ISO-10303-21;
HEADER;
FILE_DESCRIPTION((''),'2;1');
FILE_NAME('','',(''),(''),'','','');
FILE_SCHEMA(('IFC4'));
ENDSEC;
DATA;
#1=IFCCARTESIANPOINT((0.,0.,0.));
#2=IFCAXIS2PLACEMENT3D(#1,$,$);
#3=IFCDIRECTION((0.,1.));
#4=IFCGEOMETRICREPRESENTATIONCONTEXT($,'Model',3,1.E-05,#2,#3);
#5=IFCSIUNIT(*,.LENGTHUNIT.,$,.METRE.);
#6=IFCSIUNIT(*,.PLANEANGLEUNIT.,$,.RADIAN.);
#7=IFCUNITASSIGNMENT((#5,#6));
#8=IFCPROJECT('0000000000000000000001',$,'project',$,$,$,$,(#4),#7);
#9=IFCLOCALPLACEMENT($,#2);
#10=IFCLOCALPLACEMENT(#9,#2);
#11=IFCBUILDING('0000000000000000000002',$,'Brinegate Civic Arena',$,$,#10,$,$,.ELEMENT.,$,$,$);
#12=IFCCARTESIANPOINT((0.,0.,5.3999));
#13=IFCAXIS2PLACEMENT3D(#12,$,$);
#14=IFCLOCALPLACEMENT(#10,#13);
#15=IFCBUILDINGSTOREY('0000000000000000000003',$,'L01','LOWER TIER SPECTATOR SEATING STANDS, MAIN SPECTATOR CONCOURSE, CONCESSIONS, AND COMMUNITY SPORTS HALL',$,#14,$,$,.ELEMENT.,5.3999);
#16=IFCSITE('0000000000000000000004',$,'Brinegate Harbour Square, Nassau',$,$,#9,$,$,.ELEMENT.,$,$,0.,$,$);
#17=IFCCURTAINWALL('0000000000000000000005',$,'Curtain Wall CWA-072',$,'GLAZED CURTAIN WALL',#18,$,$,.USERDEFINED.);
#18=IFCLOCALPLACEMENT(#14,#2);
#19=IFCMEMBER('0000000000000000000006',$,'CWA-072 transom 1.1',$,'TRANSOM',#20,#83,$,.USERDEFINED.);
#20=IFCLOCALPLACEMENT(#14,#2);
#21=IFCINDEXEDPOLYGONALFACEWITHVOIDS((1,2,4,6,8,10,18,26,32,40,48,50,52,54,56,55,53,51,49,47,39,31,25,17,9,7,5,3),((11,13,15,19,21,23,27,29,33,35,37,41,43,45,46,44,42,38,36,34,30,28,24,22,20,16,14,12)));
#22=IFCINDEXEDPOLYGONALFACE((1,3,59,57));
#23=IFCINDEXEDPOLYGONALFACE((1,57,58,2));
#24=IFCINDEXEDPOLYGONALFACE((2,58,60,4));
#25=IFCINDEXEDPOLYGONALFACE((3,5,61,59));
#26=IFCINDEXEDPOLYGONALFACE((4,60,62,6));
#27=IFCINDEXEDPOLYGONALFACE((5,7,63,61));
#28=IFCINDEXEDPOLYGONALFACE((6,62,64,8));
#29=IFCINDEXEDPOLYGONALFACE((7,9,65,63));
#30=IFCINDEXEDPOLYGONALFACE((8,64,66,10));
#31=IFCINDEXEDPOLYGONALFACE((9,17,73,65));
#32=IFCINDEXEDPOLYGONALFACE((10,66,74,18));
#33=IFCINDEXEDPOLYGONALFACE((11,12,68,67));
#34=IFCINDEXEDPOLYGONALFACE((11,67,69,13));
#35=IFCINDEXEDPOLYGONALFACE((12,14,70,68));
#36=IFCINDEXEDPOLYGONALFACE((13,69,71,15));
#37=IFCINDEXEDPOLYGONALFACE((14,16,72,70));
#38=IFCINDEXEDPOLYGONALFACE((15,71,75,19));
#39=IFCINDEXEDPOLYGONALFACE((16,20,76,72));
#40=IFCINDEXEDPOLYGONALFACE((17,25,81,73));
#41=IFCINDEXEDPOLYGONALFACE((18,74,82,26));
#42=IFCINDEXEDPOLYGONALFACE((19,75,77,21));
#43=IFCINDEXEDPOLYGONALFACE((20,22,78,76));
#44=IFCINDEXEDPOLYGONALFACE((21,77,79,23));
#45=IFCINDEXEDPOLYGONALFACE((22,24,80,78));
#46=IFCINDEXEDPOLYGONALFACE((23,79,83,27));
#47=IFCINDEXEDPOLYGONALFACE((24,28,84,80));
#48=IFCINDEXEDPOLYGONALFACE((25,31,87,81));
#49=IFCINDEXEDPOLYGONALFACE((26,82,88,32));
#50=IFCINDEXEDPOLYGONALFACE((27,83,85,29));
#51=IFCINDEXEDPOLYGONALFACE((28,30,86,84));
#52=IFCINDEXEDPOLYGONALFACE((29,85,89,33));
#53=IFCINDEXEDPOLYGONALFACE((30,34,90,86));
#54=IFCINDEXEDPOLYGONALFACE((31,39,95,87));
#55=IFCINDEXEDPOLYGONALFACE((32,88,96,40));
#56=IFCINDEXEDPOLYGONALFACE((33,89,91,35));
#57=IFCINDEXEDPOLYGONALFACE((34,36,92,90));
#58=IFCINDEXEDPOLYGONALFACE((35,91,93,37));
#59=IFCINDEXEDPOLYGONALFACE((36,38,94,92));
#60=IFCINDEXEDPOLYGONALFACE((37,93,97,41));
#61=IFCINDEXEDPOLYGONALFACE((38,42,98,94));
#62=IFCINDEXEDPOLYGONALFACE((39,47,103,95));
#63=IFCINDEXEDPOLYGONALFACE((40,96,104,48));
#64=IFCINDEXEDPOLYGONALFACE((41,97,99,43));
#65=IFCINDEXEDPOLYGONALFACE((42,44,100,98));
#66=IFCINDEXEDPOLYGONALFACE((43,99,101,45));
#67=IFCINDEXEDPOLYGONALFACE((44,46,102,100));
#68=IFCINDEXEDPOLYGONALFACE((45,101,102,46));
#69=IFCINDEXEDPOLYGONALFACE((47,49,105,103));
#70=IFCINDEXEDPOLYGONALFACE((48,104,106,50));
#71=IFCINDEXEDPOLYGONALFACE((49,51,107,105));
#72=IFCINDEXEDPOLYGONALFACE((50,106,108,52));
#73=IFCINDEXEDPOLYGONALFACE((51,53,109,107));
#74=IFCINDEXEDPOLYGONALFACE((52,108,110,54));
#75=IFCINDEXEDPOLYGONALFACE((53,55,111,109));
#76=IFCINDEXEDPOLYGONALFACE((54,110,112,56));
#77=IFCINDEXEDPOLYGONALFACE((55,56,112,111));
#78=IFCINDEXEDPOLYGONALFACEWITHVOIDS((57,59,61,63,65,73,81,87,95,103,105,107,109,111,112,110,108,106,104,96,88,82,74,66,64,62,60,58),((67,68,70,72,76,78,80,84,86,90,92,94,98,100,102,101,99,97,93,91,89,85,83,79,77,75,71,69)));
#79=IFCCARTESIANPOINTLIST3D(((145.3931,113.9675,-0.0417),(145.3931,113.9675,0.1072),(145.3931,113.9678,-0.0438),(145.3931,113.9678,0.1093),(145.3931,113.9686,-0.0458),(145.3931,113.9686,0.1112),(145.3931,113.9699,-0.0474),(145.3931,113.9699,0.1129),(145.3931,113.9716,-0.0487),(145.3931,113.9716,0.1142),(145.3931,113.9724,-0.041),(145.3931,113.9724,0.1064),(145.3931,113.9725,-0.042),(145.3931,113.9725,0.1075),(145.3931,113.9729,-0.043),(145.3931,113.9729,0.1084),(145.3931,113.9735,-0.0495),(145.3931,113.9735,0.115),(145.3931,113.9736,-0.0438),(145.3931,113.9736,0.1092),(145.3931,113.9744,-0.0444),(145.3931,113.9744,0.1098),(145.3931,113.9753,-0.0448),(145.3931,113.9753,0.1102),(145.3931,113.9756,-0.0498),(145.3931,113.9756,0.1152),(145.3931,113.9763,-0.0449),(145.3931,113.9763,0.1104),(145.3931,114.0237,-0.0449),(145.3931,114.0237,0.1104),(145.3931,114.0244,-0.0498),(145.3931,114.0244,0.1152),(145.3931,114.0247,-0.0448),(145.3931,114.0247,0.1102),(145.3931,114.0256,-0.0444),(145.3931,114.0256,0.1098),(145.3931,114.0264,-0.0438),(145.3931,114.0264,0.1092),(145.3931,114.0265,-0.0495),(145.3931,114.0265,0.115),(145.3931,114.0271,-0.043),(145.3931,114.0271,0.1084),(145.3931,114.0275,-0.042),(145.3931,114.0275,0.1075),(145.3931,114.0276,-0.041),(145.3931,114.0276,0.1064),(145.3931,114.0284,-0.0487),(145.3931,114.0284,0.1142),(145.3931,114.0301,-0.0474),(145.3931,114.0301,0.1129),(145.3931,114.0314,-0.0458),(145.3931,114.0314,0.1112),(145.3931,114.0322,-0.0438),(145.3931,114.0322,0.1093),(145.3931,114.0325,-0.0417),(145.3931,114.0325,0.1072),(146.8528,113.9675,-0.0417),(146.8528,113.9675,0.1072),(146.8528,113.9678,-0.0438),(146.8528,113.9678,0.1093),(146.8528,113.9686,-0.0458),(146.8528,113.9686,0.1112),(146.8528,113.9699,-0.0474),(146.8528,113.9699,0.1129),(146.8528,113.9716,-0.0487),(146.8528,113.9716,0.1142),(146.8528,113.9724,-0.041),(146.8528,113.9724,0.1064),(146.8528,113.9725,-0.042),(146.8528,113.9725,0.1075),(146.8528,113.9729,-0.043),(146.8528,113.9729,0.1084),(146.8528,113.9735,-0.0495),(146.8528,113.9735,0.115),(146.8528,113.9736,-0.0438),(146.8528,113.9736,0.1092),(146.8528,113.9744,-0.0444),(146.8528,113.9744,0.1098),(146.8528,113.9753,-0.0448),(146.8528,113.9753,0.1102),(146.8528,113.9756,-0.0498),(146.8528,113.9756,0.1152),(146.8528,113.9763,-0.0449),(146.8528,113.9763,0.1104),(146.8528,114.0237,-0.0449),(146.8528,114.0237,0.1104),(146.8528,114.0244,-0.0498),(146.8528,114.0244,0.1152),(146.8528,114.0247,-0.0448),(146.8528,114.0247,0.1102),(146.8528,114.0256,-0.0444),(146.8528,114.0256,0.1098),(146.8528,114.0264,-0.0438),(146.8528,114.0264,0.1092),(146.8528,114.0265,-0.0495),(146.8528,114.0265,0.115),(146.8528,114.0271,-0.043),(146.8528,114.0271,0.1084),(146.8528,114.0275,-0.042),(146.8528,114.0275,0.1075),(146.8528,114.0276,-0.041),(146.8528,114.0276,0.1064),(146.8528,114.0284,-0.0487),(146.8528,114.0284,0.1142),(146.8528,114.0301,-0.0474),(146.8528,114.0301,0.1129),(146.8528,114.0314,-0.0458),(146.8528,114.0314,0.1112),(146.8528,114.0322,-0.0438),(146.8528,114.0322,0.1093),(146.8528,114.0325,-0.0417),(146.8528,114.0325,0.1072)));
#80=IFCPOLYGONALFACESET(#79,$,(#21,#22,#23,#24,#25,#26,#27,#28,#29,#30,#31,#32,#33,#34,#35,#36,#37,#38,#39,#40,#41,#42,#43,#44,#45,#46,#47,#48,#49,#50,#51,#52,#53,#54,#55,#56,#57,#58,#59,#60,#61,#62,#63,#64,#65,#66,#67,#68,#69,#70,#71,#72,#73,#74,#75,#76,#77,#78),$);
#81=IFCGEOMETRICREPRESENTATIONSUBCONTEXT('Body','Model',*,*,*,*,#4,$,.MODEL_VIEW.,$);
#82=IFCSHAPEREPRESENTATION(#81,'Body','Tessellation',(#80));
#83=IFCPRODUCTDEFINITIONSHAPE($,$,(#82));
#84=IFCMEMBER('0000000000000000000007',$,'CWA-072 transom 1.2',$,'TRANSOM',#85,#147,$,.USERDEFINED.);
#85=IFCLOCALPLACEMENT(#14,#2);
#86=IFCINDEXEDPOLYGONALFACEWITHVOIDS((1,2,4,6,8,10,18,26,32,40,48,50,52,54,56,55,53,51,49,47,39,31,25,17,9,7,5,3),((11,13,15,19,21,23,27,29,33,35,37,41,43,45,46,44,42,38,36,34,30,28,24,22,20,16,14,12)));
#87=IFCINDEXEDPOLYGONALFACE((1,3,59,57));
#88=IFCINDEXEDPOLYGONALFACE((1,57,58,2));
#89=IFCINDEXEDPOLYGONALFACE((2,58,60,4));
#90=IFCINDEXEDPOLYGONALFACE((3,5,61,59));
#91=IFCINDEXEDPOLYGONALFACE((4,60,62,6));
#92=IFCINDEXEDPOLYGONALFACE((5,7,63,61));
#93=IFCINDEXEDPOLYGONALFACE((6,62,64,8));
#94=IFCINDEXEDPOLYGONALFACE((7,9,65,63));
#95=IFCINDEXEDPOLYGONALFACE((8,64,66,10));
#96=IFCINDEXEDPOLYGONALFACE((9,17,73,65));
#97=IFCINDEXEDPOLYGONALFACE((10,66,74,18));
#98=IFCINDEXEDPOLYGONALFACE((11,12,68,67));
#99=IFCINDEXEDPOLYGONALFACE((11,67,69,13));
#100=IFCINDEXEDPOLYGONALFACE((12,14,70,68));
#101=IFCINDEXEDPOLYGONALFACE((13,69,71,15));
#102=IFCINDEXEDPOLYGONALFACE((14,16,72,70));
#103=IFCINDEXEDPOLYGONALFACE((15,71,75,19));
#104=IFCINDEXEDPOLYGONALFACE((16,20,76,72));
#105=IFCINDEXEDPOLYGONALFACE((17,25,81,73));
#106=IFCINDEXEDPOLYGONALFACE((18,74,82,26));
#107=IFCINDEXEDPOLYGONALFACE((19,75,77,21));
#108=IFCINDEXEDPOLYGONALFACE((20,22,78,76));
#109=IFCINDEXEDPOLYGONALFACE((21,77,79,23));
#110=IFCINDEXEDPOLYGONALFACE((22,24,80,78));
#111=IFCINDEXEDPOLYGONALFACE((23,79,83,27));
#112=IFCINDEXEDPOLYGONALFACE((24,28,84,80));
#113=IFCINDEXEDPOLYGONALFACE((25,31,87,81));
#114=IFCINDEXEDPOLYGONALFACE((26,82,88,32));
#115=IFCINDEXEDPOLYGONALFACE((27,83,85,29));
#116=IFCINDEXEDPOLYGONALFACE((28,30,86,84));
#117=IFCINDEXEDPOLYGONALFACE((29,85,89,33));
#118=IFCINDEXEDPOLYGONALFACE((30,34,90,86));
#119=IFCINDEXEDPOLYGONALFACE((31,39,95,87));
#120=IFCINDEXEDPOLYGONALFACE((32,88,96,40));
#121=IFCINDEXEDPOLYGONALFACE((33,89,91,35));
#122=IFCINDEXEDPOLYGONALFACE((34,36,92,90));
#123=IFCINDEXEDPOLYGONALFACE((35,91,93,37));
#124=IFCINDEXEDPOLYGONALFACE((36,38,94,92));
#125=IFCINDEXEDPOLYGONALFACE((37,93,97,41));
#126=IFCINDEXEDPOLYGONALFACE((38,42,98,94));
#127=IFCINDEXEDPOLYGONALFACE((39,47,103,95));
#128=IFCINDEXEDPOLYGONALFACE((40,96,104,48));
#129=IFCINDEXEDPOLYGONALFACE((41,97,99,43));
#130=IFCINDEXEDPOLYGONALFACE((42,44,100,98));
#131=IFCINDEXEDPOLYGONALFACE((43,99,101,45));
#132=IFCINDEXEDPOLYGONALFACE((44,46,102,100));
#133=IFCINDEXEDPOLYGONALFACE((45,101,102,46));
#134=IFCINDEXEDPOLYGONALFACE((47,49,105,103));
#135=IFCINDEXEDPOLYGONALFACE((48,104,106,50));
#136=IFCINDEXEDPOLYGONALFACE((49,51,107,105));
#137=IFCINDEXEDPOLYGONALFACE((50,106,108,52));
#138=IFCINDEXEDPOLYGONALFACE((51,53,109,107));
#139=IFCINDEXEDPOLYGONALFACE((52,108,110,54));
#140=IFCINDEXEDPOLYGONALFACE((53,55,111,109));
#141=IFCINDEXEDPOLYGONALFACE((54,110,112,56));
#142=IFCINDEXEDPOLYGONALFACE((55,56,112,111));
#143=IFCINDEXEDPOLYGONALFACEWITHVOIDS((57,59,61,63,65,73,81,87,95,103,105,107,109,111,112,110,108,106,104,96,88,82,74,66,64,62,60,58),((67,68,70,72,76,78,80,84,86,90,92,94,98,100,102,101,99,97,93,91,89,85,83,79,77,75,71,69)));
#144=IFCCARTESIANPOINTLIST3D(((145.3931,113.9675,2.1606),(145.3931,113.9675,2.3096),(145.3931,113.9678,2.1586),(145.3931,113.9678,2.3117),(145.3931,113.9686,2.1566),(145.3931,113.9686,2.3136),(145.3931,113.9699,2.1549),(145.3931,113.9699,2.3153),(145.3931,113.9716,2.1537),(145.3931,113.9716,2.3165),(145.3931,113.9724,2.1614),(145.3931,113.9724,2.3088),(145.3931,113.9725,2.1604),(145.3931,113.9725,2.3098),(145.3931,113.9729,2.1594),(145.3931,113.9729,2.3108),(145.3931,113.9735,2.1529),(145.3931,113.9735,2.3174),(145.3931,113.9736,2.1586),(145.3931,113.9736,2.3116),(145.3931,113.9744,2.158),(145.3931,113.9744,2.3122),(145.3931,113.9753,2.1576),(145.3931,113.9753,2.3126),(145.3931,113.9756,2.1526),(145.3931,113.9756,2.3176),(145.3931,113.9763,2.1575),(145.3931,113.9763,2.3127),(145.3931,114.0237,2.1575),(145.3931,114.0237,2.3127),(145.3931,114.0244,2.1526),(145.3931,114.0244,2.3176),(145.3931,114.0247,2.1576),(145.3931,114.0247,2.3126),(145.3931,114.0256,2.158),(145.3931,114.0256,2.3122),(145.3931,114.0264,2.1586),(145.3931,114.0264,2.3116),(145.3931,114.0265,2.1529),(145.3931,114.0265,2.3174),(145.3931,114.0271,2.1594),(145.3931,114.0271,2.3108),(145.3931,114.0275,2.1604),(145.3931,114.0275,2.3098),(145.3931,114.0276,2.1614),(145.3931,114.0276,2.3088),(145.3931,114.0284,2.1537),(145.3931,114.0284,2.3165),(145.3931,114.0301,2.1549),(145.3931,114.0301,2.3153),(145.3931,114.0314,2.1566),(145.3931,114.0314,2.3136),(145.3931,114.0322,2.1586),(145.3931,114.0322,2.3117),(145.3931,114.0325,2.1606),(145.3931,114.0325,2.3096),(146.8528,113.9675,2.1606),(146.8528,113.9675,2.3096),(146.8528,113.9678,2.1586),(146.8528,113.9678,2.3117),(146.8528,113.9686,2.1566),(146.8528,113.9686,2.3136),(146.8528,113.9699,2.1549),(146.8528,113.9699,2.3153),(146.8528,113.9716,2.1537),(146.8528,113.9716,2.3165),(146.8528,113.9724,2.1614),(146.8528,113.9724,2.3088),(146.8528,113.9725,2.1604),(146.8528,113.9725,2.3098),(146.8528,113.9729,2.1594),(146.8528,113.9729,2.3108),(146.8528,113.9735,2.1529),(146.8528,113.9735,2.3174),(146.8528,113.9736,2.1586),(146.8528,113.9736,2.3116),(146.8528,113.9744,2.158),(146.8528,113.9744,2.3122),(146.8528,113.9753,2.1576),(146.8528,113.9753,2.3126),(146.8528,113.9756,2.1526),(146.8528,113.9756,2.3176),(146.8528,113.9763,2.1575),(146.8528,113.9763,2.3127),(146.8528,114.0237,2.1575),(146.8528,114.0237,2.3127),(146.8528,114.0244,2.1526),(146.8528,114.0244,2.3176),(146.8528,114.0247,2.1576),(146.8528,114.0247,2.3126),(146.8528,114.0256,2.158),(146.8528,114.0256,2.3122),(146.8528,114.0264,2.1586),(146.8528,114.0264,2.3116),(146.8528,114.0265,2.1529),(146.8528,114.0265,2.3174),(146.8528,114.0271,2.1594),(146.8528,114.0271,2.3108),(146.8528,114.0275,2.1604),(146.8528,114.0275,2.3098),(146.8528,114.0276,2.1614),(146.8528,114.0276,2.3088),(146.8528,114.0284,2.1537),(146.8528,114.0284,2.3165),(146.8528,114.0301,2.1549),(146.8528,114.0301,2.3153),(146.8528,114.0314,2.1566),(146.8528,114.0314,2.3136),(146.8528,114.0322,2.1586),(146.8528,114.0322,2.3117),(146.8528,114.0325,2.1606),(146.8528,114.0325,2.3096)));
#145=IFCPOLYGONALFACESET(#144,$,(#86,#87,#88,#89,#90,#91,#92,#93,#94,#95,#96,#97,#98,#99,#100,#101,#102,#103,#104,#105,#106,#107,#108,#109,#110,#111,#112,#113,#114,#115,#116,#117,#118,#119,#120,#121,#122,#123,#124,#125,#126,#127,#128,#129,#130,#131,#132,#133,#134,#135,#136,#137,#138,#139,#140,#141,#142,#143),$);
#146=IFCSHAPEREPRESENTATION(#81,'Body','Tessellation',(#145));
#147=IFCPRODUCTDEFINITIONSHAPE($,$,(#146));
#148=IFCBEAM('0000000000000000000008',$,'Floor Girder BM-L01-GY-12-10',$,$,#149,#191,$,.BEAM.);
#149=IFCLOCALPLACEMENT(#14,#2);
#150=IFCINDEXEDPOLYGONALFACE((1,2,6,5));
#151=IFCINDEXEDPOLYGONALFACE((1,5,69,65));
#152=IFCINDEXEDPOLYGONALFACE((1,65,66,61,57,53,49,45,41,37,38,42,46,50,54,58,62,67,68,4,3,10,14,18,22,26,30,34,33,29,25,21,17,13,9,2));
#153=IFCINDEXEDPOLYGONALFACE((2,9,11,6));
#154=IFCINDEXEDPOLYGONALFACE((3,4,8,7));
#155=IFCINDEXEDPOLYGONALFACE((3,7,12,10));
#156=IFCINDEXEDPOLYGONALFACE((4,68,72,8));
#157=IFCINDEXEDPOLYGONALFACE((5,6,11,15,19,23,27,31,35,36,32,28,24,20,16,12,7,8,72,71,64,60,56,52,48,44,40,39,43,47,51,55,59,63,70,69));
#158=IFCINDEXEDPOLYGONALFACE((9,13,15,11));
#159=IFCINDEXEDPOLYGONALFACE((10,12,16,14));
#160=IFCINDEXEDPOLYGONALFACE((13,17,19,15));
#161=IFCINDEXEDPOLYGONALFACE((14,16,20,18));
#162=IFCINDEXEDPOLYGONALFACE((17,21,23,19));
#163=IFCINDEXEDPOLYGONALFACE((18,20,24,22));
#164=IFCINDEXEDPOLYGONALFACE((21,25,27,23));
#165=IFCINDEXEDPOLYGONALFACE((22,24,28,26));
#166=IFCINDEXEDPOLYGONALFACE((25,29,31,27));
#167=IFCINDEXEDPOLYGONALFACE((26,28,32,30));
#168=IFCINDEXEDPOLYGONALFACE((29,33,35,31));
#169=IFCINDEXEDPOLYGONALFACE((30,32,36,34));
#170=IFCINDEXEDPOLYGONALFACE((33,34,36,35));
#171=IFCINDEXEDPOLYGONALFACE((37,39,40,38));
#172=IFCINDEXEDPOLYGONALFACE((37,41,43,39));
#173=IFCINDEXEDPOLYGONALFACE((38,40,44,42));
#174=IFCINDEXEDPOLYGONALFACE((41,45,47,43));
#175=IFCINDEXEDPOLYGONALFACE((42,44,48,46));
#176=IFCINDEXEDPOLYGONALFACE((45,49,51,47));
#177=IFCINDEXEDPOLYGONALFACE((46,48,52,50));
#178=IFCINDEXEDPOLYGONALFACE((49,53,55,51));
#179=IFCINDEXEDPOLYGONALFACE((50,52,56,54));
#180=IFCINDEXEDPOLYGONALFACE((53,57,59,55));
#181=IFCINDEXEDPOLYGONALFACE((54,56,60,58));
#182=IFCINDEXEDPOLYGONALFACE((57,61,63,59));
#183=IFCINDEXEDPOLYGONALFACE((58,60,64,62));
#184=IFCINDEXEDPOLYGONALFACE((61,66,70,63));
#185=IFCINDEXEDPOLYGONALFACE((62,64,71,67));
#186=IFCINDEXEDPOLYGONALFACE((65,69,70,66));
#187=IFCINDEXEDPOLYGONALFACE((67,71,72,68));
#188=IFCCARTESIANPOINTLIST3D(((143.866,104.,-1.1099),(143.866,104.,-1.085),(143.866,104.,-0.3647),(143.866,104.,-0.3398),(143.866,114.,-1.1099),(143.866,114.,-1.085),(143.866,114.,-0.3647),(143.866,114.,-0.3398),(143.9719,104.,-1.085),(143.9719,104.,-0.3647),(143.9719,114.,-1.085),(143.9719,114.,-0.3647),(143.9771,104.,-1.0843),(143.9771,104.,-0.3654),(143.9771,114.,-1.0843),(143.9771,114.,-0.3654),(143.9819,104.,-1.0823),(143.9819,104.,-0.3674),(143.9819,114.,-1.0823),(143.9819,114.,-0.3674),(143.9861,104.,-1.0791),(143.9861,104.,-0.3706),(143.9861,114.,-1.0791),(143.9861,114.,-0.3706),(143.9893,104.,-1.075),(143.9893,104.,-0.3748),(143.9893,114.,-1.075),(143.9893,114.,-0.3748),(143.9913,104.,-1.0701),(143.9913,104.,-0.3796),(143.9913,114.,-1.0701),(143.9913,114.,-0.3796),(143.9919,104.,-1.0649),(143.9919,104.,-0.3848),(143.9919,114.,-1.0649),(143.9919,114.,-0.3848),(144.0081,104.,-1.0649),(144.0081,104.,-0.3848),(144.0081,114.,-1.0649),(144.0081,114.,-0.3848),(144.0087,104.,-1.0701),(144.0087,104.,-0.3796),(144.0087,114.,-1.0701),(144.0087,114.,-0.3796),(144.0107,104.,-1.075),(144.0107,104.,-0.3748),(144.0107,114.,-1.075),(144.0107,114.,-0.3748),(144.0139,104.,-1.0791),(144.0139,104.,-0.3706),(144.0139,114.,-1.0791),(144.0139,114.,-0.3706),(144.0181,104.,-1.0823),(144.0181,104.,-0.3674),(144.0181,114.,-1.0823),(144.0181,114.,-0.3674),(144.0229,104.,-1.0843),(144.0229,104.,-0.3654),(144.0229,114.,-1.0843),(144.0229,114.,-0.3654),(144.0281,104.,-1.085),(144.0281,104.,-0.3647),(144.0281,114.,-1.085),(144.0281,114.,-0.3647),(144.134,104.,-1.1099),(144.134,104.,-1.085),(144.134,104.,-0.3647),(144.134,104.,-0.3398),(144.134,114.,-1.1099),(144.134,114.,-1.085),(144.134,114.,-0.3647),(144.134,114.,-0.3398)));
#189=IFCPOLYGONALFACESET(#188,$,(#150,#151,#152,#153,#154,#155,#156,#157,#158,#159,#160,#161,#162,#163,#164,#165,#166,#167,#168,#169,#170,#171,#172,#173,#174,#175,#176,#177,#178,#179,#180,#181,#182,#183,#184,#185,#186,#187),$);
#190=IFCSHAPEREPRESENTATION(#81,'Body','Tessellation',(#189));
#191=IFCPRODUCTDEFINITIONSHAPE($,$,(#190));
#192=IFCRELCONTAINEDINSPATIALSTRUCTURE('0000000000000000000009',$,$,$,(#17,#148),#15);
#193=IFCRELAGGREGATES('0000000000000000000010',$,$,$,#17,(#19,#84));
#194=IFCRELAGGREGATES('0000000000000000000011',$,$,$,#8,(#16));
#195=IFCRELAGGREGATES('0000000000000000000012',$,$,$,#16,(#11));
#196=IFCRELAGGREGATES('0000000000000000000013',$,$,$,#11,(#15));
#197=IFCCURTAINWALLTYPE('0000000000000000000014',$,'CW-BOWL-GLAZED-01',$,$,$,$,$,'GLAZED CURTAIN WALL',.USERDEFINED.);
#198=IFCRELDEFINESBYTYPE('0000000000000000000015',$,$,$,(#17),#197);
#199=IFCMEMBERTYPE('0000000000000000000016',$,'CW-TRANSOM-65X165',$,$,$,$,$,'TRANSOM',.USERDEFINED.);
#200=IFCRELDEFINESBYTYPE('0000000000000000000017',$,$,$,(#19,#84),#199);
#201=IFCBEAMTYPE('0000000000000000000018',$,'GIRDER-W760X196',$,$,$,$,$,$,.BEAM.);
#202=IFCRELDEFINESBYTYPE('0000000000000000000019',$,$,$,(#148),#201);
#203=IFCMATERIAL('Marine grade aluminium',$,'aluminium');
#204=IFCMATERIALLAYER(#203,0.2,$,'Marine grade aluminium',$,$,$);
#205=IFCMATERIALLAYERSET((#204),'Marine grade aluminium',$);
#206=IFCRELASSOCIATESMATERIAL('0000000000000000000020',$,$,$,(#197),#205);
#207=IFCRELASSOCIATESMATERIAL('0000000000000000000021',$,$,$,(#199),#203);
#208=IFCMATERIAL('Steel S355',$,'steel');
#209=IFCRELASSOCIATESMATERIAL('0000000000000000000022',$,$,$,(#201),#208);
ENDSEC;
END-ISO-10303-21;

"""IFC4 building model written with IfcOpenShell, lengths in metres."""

from ifc_helpers import new_model, si_unit, direction, frame, origin, origin_2d, place, context, subcontext, project, spatial, hollow_rectangle, i_section, extrude, material, layer, layer_set, material_profile, profile_set, type_object, element, aggregate, save


model = new_model("IFC4")

# Units and contexts
model_context = context("Model", 3, precision=1e-05, world=origin(), true_north=direction((0.0, 1.0)))
body_context = subcontext(model_context, "Body", "Model", "MODEL_VIEW")
ifc_project = project(units=[si_unit("LENGTHUNIT", "METRE"), si_unit("PLANEANGLEUNIT", "RADIAN")], contexts=[model_context])

# Site, building, storey
site_placement = place(None, origin())
site = spatial("IfcSite", under=ifc_project, at=site_placement, Name="Brinegate Harbour Square, Nassau", CompositionType="ELEMENT", RefElevation=0.0)
building_placement = place(site_placement, origin())
building = spatial("IfcBuilding", under=site, at=building_placement, Name="Brinegate Civic Arena", CompositionType="ELEMENT")
storey_placement = place(building_placement, frame((0.0, 0.0, 5.3999)))
storey = spatial("IfcBuildingStorey", under=building, at=storey_placement, Name="L01", Description="LOWER TIER SPECTATOR SEATING STANDS, MAIN SPECTATOR CONCOURSE, CONCESSIONS, AND COMMUNITY SPORTS HALL", CompositionType="ELEMENT", Elevation=5.3999)

# Curtain wall, members
ifc_material_1 = material(Name="Marine grade aluminium", Category="aluminium")
ifc_layer_1 = layer(ifc_material_1, 0.2, Name="Marine grade aluminium")
ifc_layer_set_1 = layer_set([ifc_layer_1], Name="Marine grade aluminium")
curtain_wall_type = type_object("IfcCurtainWallType", Name="CW-BOWL-GLAZED-01", ElementType="GLAZED CURTAIN WALL", PredefinedType="USERDEFINED", material=ifc_layer_set_1)
curtain_wall_placement = place(storey_placement, origin())
curtain_wall = element("IfcCurtainWall", 1, at=curtain_wall_placement, inside=storey, type_object=curtain_wall_type, Name="Curtain Wall CWA-072", ObjectType="GLAZED CURTAIN WALL", PredefinedType="USERDEFINED")
ifc_material_profile_1 = material_profile(ifc_material_1, hollow_rectangle(XDim=0.0649, YDim=0.165, WallThickness=0.0049, InnerFilletRadius=0.0039, OuterFilletRadius=0.0081, at=origin_2d()), Name="TRN65X165")
ifc_profile_set_1 = profile_set([ifc_material_profile_1], Name="Marine grade aluminium")
member_type_1 = type_object("IfcMemberType", Name="CW-TRANSOM-65X165", ElementType="TRANSOM", PredefinedType="USERDEFINED", material=ifc_profile_set_1)
member_1_placement = place(storey_placement, frame((145.3931, 114.0, 0.0327), z_axis=(1.0, 0.0, 0.0), x_axis=(0.0, 1.0, 0.0)))
member_1 = element("IfcMember", 2, at=member_1_placement, type_object=member_type_1, Name="CWA-072 transom 1.1", ObjectType="TRANSOM", PredefinedType="USERDEFINED", context=body_context, shape_type="SweptSolid", body=[
    extrude(hollow_rectangle(XDim=0.0649, YDim=0.165, WallThickness=0.0049, InnerFilletRadius=0.0039, OuterFilletRadius=0.0081, at=origin_2d()), origin(), (0.0, 0.0, 1.0), 1.4597),
])
member_2_placement = place(storey_placement, frame((145.3931, 114.0, 2.2351), z_axis=(1.0, 0.0, 0.0), x_axis=(0.0, 1.0, 0.0)))
member_2 = element("IfcMember", 3, at=member_2_placement, type_object=member_type_1, Name="CWA-072 transom 1.2", ObjectType="TRANSOM", PredefinedType="USERDEFINED", context=body_context, shape_type="SweptSolid", body=[
    extrude(hollow_rectangle(XDim=0.0649, YDim=0.165, WallThickness=0.0049, InnerFilletRadius=0.0039, OuterFilletRadius=0.0081, at=origin_2d()), origin(), (0.0, 0.0, 1.0), 1.4597),
])
aggregate(curtain_wall, [member_1, member_2])

# Beam
ifc_material_2 = material(Name="Steel S355", Category="steel")
ifc_material_profile_2 = material_profile(ifc_material_2, i_section(OverallWidth=0.2681, OverallDepth=0.77, WebThickness=0.0161, FlangeThickness=0.0249, FilletRadius=0.02, at=origin_2d()), Name="W760X196")
ifc_profile_set_2 = profile_set([ifc_material_profile_2], Name="Steel S355")
beam_type_1 = type_object("IfcBeamType", Name="GIRDER-W760X196", PredefinedType="BEAM", material=ifc_profile_set_2)
beam_1_placement = place(storey_placement, frame((144.0, 104.0, -0.7249), z_axis=(0.0, 1.0, 0.0), x_axis=(-1.0, 0.0, 0.0)))
element("IfcBeam", 4, at=beam_1_placement, inside=storey, type_object=beam_type_1, Name="Floor Girder BM-L01-GY-12-10", PredefinedType="BEAM", context=body_context, shape_type="SweptSolid", body=[
    extrude(i_section(OverallWidth=0.2681, OverallDepth=0.77, WebThickness=0.0161, FlangeThickness=0.0249, FilletRadius=0.02, at=origin_2d()), origin(), (0.0, 0.0, 1.0), 10.0),
])

save(model, "model.ifc")
